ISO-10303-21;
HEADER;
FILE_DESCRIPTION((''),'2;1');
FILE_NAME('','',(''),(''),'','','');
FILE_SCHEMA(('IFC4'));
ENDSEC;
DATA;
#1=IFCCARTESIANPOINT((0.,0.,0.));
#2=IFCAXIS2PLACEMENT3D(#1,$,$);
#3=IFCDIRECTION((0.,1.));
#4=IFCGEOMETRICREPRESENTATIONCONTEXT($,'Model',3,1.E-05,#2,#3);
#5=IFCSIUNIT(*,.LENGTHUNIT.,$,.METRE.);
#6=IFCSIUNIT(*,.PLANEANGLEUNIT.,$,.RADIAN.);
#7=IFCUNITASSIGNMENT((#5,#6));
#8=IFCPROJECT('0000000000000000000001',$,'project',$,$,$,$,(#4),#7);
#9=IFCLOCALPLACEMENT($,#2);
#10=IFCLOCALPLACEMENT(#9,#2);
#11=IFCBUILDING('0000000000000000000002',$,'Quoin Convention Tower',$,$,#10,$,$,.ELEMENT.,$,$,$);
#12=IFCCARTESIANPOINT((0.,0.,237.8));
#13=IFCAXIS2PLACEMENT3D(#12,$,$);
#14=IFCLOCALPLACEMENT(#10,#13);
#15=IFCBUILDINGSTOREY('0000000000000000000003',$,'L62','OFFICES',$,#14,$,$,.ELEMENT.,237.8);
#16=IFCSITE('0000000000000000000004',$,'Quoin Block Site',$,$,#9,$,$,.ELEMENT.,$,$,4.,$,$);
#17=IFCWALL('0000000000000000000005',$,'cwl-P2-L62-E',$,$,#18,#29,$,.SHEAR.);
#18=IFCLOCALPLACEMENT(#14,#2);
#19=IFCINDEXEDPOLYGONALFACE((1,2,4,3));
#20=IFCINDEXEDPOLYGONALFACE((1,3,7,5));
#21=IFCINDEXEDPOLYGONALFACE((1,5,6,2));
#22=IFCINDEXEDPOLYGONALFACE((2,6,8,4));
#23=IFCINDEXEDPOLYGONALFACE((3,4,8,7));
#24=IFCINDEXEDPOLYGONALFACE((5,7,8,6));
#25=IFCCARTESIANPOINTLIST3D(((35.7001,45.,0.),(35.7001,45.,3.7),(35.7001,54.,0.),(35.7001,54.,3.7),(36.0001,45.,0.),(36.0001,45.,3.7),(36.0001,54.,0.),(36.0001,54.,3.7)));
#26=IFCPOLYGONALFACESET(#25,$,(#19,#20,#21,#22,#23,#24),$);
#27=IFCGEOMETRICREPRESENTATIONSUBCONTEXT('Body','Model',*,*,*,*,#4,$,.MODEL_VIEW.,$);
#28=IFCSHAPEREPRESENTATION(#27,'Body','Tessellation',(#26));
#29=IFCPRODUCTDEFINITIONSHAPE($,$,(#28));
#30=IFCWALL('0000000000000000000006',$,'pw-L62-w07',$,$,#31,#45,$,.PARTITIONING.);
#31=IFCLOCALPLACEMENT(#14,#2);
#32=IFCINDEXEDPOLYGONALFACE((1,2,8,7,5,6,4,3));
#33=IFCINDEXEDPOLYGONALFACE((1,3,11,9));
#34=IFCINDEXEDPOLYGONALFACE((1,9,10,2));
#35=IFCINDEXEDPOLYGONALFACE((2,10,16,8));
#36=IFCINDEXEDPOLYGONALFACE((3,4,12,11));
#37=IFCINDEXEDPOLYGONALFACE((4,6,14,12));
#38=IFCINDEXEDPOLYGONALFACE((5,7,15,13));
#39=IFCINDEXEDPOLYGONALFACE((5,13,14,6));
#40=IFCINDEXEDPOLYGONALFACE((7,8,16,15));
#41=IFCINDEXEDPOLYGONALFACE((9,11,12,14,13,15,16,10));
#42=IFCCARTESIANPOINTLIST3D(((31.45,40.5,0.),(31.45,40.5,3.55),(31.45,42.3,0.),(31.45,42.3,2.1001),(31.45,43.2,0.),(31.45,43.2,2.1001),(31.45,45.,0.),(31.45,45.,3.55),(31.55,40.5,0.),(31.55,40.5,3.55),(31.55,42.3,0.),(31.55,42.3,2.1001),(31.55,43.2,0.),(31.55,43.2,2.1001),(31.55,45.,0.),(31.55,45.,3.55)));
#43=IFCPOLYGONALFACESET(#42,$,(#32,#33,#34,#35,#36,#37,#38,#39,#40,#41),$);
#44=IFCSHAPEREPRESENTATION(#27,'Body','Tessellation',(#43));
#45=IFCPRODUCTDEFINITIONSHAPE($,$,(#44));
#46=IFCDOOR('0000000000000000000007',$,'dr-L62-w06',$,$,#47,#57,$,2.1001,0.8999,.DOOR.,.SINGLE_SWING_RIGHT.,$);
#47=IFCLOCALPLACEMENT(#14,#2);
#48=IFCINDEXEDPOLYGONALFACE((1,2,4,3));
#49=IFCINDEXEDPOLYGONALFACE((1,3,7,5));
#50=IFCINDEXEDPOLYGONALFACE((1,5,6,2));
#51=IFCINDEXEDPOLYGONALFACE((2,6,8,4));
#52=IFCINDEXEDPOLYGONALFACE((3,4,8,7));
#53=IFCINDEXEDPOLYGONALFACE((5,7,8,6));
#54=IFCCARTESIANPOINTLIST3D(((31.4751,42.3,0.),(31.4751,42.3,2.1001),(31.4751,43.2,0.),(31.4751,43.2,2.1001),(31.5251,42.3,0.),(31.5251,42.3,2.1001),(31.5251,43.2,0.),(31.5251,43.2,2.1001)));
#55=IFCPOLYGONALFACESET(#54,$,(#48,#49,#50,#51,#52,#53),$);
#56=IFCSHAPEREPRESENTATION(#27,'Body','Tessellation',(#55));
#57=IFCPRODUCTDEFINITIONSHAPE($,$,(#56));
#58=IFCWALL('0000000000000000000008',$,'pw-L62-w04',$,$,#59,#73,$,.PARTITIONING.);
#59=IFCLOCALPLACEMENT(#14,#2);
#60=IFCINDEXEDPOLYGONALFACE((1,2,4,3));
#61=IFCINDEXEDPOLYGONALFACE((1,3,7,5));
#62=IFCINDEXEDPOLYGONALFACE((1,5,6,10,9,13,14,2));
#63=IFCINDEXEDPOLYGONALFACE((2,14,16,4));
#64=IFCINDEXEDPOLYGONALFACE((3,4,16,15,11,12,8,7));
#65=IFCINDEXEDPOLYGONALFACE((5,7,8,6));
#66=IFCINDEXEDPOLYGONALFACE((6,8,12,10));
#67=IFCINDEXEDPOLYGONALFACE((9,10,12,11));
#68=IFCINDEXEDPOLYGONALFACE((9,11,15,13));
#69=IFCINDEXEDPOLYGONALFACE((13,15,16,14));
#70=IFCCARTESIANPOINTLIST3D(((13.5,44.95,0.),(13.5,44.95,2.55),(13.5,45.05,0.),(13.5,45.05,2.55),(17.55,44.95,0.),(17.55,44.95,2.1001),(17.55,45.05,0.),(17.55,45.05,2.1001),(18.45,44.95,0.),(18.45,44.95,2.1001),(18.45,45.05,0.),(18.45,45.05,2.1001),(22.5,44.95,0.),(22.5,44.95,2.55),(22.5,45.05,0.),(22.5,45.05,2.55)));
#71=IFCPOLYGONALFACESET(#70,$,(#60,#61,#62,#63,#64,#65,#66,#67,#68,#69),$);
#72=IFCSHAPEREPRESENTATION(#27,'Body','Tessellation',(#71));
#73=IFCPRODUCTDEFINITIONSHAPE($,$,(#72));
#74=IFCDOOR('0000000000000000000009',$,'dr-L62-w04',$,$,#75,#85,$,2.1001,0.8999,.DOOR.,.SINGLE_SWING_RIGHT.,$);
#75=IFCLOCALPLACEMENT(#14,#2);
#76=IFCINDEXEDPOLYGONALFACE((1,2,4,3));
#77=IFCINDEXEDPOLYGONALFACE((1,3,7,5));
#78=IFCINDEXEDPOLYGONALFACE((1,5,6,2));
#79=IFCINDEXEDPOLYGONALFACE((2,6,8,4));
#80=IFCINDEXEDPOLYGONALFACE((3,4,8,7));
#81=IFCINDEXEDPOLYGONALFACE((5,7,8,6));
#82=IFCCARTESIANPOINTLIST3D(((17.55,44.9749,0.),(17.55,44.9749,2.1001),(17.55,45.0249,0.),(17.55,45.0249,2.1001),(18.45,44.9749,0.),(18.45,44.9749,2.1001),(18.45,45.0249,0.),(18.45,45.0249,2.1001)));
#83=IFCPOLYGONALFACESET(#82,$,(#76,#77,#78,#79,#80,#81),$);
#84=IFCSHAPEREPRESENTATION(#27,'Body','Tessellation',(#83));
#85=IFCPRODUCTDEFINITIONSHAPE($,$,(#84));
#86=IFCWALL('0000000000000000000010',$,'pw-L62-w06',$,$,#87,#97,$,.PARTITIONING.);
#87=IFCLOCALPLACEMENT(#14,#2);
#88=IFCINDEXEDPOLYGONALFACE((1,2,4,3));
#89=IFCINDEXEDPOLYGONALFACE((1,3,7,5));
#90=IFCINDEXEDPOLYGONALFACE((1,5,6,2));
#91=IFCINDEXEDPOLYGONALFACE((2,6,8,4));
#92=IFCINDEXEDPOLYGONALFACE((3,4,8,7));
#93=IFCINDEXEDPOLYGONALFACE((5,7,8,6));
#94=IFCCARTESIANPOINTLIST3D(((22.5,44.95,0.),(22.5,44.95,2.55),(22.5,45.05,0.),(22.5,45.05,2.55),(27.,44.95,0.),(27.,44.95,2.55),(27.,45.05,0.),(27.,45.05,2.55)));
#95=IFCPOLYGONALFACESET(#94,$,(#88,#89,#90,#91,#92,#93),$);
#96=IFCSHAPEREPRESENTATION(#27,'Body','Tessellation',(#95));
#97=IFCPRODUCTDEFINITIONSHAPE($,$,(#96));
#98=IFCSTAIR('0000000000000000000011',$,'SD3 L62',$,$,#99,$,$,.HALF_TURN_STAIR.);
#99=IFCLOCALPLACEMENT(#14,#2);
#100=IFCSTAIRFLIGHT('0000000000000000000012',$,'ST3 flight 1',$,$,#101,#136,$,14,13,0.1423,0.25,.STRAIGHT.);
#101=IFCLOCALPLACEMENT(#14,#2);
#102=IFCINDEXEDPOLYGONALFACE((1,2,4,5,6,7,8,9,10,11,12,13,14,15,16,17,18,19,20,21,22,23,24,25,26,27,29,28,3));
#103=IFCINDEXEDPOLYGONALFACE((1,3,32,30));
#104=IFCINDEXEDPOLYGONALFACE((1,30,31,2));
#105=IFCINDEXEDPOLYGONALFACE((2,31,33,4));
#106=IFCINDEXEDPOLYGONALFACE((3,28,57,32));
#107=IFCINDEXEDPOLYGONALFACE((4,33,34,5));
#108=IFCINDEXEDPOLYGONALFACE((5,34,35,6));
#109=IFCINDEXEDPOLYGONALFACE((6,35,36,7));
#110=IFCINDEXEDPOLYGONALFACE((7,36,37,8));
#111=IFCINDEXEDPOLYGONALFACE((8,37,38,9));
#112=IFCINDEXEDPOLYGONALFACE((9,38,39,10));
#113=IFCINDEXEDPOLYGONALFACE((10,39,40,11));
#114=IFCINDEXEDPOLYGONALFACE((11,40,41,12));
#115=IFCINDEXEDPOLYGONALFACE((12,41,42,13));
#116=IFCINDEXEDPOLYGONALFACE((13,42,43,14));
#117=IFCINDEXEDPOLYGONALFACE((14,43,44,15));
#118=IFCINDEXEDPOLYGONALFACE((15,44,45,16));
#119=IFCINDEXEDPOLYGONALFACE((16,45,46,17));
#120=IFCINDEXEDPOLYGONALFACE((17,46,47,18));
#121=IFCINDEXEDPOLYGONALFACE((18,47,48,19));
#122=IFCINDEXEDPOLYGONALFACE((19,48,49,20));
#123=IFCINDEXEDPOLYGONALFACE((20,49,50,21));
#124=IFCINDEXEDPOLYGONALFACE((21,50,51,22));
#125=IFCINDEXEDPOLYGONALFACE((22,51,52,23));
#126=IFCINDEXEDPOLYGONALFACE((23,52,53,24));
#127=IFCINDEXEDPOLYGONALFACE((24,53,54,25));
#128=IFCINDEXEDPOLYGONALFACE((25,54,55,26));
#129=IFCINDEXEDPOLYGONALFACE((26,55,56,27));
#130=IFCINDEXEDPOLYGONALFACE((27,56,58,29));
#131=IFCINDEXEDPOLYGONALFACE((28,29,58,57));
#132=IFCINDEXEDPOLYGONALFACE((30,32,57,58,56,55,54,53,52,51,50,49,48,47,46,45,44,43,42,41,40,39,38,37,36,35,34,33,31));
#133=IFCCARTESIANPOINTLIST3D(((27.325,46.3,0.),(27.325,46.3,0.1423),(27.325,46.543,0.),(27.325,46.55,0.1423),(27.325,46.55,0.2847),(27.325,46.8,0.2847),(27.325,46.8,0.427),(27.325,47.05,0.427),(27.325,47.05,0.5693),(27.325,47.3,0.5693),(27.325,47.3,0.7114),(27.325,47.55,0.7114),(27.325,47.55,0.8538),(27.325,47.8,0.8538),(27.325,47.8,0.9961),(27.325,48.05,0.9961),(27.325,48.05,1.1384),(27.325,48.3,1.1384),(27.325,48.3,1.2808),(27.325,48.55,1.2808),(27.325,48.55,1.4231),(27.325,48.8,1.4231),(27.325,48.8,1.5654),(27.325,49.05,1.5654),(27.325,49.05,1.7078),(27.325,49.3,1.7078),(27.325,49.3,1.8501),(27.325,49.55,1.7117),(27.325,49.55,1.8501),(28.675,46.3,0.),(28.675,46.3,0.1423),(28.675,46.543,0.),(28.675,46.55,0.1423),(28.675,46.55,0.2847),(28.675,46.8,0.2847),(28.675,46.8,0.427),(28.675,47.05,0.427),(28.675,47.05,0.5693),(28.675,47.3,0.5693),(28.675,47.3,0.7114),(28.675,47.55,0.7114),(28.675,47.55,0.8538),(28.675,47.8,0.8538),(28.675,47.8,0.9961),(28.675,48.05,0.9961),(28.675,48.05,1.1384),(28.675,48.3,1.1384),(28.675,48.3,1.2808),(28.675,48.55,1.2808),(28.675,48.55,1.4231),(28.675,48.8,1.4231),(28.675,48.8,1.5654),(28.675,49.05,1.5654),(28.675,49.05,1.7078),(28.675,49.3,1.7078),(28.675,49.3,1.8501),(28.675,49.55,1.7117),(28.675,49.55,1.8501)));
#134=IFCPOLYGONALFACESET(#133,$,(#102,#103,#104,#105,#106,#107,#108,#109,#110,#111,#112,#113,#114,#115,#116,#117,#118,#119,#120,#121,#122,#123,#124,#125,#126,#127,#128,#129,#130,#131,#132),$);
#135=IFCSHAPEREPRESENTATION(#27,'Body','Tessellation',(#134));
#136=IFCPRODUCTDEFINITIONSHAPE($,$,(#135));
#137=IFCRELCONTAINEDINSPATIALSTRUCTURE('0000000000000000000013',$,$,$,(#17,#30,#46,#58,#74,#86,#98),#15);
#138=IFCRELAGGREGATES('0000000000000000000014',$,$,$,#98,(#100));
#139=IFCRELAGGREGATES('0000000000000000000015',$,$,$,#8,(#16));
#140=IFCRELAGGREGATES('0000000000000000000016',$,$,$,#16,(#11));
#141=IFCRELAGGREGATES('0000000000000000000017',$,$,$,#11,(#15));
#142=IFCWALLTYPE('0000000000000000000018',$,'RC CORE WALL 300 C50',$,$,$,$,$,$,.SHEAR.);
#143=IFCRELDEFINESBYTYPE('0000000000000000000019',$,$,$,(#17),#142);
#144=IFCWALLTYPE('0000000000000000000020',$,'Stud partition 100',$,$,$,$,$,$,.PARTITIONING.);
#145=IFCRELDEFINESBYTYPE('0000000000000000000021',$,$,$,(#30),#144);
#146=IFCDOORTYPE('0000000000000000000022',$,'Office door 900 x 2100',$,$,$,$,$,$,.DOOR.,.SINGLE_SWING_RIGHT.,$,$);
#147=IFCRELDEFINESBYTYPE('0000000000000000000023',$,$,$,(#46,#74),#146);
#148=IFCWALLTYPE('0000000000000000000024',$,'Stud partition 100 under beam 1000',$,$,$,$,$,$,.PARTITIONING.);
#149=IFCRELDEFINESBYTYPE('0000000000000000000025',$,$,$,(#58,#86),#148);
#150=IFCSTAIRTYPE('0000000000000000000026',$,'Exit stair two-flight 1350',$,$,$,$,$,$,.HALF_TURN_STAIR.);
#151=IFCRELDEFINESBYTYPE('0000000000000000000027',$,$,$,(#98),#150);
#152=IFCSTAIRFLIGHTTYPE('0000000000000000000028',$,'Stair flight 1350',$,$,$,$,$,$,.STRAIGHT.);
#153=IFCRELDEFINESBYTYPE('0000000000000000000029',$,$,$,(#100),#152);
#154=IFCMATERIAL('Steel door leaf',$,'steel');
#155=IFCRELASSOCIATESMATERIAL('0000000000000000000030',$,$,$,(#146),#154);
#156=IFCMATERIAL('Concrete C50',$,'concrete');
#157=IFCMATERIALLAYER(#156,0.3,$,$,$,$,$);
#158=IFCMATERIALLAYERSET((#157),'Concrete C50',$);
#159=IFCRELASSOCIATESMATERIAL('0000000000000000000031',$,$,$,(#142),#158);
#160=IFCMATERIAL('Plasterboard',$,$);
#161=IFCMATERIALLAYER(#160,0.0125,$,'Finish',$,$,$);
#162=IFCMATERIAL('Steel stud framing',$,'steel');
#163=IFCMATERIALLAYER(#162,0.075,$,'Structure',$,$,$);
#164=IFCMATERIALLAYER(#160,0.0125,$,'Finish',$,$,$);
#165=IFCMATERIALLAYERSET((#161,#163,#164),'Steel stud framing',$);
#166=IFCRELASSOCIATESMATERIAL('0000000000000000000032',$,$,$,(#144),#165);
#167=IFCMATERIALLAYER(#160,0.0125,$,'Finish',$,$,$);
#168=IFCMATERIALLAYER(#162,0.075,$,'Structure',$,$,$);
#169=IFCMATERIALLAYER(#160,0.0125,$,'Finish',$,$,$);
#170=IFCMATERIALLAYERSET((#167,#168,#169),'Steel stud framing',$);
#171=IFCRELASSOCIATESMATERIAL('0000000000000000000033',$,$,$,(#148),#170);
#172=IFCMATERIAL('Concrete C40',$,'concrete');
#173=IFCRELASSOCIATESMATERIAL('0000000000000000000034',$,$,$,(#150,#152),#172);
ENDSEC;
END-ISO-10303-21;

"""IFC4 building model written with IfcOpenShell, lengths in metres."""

from ifc_helpers import new_model, si_unit, direction, frame, frame_2d, origin, place, context, subcontext, project, spatial, polyline, rectangle, outline, extrude, material, layer, layer_set, type_object, element, fill, aggregate, save


model = new_model("IFC4")

# Units and contexts
model_context = context("Model", 3, precision=1e-05, world=origin(), true_north=direction((0.0, 1.0)))
body_context = subcontext(model_context, "Body", "Model", "MODEL_VIEW")
ifc_project = project(units=[si_unit("LENGTHUNIT", "METRE"), si_unit("PLANEANGLEUNIT", "RADIAN")], contexts=[model_context])

# Site, building, storey
site_placement = place(None, origin())
site = spatial("IfcSite", under=ifc_project, at=site_placement, Name="Quoin Block Site", CompositionType="ELEMENT", RefElevation=4.0)
building_placement = place(site_placement, origin())
building = spatial("IfcBuilding", under=site, at=building_placement, Name="Quoin Convention Tower", CompositionType="ELEMENT")
storey_placement = place(building_placement, frame((0.0, 0.0, 237.8)))
storey = spatial("IfcBuildingStorey", under=building, at=storey_placement, Name="L62", Description="OFFICES", CompositionType="ELEMENT", Elevation=237.8)

# Shared definitions
ifc_material_1 = material(Name="Concrete C50", Category="concrete")

# Shared definitions
ifc_material_2 = material(Name="Plasterboard")
ifc_material_3 = material(Name="Steel stud framing", Category="steel")
ifc_material_4 = material(Name="Steel door leaf", Category="steel")
door_type_1 = type_object("IfcDoorType", Name="Office door 900 x 2100", OperationType="SINGLE_SWING_RIGHT", PredefinedType="DOOR", material=ifc_material_4)
ifc_layer_1 = layer(ifc_material_1, 0.3)
ifc_layer_set_1 = layer_set([ifc_layer_1], Name="Concrete C50")
wall_type_1 = type_object("IfcWallType", Name="RC CORE WALL 300 C50", PredefinedType="SHEAR", material=ifc_layer_set_1)

# Wall
wall_1_placement = place(storey_placement, frame((35.8501, 45.0, 0.0), z_axis=(0.0, 0.0, 1.0), x_axis=(0.0, 1.0, 0.0)))
element("IfcWall", 1, at=wall_1_placement, inside=storey, type_object=wall_type_1, Name="cwl-P2-L62-E", PredefinedType="SHEAR", context=body_context, shape_type="SweptSolid", body=[
    extrude(rectangle(XDim=9.0, YDim=0.3, at=frame_2d((4.5, 0.0))), origin(), (0.0, 0.0, 1.0), 3.7),
])

# Walls, openings, doors
ifc_layer_2 = layer(ifc_material_2, 0.0125, Name="Finish")
ifc_layer_3 = layer(ifc_material_3, 0.075, Name="Structure")
ifc_layer_4 = layer(ifc_material_2, 0.0125, Name="Finish")
ifc_layer_set_2 = layer_set([ifc_layer_2, ifc_layer_3, ifc_layer_4], Name="Steel stud framing")
wall_type_2 = type_object("IfcWallType", Name="Stud partition 100", PredefinedType="PARTITIONING", material=ifc_layer_set_2)
wall_2_placement = place(storey_placement, frame((31.5, 45.0, 0.0), z_axis=(0.0, 0.0, 1.0), x_axis=(0.0, -1.0, 0.0)))
wall_2 = element("IfcWall", 2, at=wall_2_placement, inside=storey, type_object=wall_type_2, Name="pw-L62-w07", PredefinedType="PARTITIONING", context=body_context, shape_type="SweptSolid", body=[
    extrude(rectangle(XDim=4.5, YDim=0.1001, at=frame_2d((2.25, 0.0))), origin(), (0.0, 0.0, 1.0), 3.55),
])
opening_1_placement = place(wall_2_placement, frame((1.8, 0.0, 0.0)))
opening_1 = element("IfcOpeningElement", 3, at=opening_1_placement, cuts=wall_2, PredefinedType="OPENING", context=body_context, shape_type="SweptSolid", body=[
    extrude(rectangle(XDim=0.8999, YDim=2.1001, at=frame_2d((0.45, 1.05))), frame((0.0, 0.0601, 0.0), z_axis=(0.0, -1.0, 0.0), x_axis=(1.0, 0.0, 0.0)), (0.0, 0.0, 1.0), 0.1201),
])
door_1_placement = place(opening_1_placement, frame((0.8999, 0.0, 0.0), z_axis=(0.0, 0.0, 1.0), x_axis=(-1.0, 0.0, 0.0)))
door_1 = element("IfcDoor", 4, at=door_1_placement, inside=storey, type_object=door_type_1, Name="dr-L62-w06", OperationType="SINGLE_SWING_RIGHT", OverallHeight=2.1001, OverallWidth=0.8999, PredefinedType="DOOR", context=body_context, shape_type="SweptSolid", body=[
    extrude(rectangle(XDim=0.8999, YDim=2.1001, at=frame_2d((0.45, 1.05))), frame((0.0, 0.0249, 0.0), z_axis=(0.0, -1.0, 0.0), x_axis=(1.0, 0.0, 0.0)), (0.0, 0.0, 1.0), 0.05),
])
fill(opening_1, door_1)
ifc_layer_5 = layer(ifc_material_2, 0.0125, Name="Finish")
ifc_layer_6 = layer(ifc_material_3, 0.075, Name="Structure")
ifc_layer_7 = layer(ifc_material_2, 0.0125, Name="Finish")
ifc_layer_set_3 = layer_set([ifc_layer_5, ifc_layer_6, ifc_layer_7], Name="Steel stud framing")
wall_type_3 = type_object("IfcWallType", Name="Stud partition 100 under beam 1000", PredefinedType="PARTITIONING", material=ifc_layer_set_3)
wall_3_placement = place(storey_placement, frame((22.5, 45.0, 0.0), z_axis=(0.0, 0.0, 1.0), x_axis=(-1.0, 0.0, 0.0)))
wall_3 = element("IfcWall", 5, at=wall_3_placement, inside=storey, type_object=wall_type_3, Name="pw-L62-w04", PredefinedType="PARTITIONING", context=body_context, shape_type="SweptSolid", body=[
    extrude(rectangle(XDim=9.0, YDim=0.1001, at=frame_2d((4.5, 0.0))), origin(), (0.0, 0.0, 1.0), 2.55),
])
opening_2_placement = place(wall_3_placement, frame((4.05, 0.0, 0.0)))
opening_2 = element("IfcOpeningElement", 6, at=opening_2_placement, cuts=wall_3, PredefinedType="OPENING", context=body_context, shape_type="SweptSolid", body=[
    extrude(rectangle(XDim=0.8999, YDim=2.1001, at=frame_2d((0.45, 1.05))), frame((0.0, 0.0601, 0.0), z_axis=(0.0, -1.0, 0.0), x_axis=(1.0, 0.0, 0.0)), (0.0, 0.0, 1.0), 0.1201),
])
door_2_placement = place(opening_2_placement, frame((0.8999, 0.0, 0.0), z_axis=(0.0, 0.0, 1.0), x_axis=(-1.0, 0.0, 0.0)))
door_2 = element("IfcDoor", 7, at=door_2_placement, inside=storey, type_object=door_type_1, Name="dr-L62-w04", OperationType="SINGLE_SWING_RIGHT", OverallHeight=2.1001, OverallWidth=0.8999, PredefinedType="DOOR", context=body_context, shape_type="SweptSolid", body=[
    extrude(rectangle(XDim=0.8999, YDim=2.1001, at=frame_2d((0.45, 1.05))), frame((0.0, 0.0249, 0.0), z_axis=(0.0, -1.0, 0.0), x_axis=(1.0, 0.0, 0.0)), (0.0, 0.0, 1.0), 0.05),
])
fill(opening_2, door_2)

# Wall
wall_4_placement = place(storey_placement, frame((22.5, 45.0, 0.0), z_axis=(0.0, 0.0, 1.0), x_axis=(1.0, 0.0, 0.0)))
element("IfcWall", 8, at=wall_4_placement, inside=storey, type_object=wall_type_3, Name="pw-L62-w06", PredefinedType="PARTITIONING", context=body_context, shape_type="SweptSolid", body=[
    extrude(rectangle(XDim=4.5, YDim=0.1001, at=frame_2d((2.25, 0.0))), origin(), (0.0, 0.0, 1.0), 2.55),
])

# Stair, stair flight
ifc_material_5 = material(Name="Concrete C40", Category="concrete")
stair_type = type_object("IfcStairType", Name="Exit stair two-flight 1350", PredefinedType="HALF_TURN_STAIR", material=ifc_material_5)
stair_placement = place(storey_placement, origin())
stair = element("IfcStair", 9, at=stair_placement, inside=storey, type_object=stair_type, Name="SD3 L62", PredefinedType="HALF_TURN_STAIR")
stair_flight_type = type_object("IfcStairFlightType", Name="Stair flight 1350", PredefinedType="STRAIGHT", material=ifc_material_5)
stair_flight_placement = place(storey_placement, frame((28.0, 46.3, 0.0), z_axis=(0.0, 0.0, 1.0), x_axis=(0.0, 1.0, 0.0)))
stair_flight = element("IfcStairFlight", 10, at=stair_flight_placement, type_object=stair_flight_type, Name="ST3 flight 1", NumberOfRisers=14, NumberOfTreads=13, PredefinedType="STRAIGHT", RiserHeight=0.1423, TreadLength=0.25, context=body_context, shape_type="SweptSolid", body=[
    extrude(outline(polyline([(0.0, 0.0), (0.0, 0.1423), (0.25, 0.1423), (0.25, 0.2847), (0.5, 0.2847), (0.5, 0.427), (0.75, 0.427), (0.75, 0.5693), (1.0, 0.5693), (1.0, 0.7114), (1.25, 0.7114), (1.25, 0.8538), (1.5, 0.8538), (1.5, 0.9961), (1.75, 0.9961), (1.75, 1.1384), (2.0, 1.1384), (2.0, 1.2808), (2.25, 1.2808), (2.25, 1.4231), (2.5, 1.4231), (2.5, 1.5654), (2.75, 1.5654), (2.75, 1.7078), (3.0, 1.7078), (3.0, 1.8501), (3.25, 1.8501), (3.25, 1.9922), (3.25, 1.7117), (0.2429, 0.0), (0.0, 0.0)])), frame((0.0, 0.675, 0.0), z_axis=(0.0, -1.0, 0.0), x_axis=(1.0, 0.0, 0.0)), (0.0, 0.0, 1.0), 1.3501),
])
aggregate(stair, [stair_flight])

save(model, "model.ifc")
